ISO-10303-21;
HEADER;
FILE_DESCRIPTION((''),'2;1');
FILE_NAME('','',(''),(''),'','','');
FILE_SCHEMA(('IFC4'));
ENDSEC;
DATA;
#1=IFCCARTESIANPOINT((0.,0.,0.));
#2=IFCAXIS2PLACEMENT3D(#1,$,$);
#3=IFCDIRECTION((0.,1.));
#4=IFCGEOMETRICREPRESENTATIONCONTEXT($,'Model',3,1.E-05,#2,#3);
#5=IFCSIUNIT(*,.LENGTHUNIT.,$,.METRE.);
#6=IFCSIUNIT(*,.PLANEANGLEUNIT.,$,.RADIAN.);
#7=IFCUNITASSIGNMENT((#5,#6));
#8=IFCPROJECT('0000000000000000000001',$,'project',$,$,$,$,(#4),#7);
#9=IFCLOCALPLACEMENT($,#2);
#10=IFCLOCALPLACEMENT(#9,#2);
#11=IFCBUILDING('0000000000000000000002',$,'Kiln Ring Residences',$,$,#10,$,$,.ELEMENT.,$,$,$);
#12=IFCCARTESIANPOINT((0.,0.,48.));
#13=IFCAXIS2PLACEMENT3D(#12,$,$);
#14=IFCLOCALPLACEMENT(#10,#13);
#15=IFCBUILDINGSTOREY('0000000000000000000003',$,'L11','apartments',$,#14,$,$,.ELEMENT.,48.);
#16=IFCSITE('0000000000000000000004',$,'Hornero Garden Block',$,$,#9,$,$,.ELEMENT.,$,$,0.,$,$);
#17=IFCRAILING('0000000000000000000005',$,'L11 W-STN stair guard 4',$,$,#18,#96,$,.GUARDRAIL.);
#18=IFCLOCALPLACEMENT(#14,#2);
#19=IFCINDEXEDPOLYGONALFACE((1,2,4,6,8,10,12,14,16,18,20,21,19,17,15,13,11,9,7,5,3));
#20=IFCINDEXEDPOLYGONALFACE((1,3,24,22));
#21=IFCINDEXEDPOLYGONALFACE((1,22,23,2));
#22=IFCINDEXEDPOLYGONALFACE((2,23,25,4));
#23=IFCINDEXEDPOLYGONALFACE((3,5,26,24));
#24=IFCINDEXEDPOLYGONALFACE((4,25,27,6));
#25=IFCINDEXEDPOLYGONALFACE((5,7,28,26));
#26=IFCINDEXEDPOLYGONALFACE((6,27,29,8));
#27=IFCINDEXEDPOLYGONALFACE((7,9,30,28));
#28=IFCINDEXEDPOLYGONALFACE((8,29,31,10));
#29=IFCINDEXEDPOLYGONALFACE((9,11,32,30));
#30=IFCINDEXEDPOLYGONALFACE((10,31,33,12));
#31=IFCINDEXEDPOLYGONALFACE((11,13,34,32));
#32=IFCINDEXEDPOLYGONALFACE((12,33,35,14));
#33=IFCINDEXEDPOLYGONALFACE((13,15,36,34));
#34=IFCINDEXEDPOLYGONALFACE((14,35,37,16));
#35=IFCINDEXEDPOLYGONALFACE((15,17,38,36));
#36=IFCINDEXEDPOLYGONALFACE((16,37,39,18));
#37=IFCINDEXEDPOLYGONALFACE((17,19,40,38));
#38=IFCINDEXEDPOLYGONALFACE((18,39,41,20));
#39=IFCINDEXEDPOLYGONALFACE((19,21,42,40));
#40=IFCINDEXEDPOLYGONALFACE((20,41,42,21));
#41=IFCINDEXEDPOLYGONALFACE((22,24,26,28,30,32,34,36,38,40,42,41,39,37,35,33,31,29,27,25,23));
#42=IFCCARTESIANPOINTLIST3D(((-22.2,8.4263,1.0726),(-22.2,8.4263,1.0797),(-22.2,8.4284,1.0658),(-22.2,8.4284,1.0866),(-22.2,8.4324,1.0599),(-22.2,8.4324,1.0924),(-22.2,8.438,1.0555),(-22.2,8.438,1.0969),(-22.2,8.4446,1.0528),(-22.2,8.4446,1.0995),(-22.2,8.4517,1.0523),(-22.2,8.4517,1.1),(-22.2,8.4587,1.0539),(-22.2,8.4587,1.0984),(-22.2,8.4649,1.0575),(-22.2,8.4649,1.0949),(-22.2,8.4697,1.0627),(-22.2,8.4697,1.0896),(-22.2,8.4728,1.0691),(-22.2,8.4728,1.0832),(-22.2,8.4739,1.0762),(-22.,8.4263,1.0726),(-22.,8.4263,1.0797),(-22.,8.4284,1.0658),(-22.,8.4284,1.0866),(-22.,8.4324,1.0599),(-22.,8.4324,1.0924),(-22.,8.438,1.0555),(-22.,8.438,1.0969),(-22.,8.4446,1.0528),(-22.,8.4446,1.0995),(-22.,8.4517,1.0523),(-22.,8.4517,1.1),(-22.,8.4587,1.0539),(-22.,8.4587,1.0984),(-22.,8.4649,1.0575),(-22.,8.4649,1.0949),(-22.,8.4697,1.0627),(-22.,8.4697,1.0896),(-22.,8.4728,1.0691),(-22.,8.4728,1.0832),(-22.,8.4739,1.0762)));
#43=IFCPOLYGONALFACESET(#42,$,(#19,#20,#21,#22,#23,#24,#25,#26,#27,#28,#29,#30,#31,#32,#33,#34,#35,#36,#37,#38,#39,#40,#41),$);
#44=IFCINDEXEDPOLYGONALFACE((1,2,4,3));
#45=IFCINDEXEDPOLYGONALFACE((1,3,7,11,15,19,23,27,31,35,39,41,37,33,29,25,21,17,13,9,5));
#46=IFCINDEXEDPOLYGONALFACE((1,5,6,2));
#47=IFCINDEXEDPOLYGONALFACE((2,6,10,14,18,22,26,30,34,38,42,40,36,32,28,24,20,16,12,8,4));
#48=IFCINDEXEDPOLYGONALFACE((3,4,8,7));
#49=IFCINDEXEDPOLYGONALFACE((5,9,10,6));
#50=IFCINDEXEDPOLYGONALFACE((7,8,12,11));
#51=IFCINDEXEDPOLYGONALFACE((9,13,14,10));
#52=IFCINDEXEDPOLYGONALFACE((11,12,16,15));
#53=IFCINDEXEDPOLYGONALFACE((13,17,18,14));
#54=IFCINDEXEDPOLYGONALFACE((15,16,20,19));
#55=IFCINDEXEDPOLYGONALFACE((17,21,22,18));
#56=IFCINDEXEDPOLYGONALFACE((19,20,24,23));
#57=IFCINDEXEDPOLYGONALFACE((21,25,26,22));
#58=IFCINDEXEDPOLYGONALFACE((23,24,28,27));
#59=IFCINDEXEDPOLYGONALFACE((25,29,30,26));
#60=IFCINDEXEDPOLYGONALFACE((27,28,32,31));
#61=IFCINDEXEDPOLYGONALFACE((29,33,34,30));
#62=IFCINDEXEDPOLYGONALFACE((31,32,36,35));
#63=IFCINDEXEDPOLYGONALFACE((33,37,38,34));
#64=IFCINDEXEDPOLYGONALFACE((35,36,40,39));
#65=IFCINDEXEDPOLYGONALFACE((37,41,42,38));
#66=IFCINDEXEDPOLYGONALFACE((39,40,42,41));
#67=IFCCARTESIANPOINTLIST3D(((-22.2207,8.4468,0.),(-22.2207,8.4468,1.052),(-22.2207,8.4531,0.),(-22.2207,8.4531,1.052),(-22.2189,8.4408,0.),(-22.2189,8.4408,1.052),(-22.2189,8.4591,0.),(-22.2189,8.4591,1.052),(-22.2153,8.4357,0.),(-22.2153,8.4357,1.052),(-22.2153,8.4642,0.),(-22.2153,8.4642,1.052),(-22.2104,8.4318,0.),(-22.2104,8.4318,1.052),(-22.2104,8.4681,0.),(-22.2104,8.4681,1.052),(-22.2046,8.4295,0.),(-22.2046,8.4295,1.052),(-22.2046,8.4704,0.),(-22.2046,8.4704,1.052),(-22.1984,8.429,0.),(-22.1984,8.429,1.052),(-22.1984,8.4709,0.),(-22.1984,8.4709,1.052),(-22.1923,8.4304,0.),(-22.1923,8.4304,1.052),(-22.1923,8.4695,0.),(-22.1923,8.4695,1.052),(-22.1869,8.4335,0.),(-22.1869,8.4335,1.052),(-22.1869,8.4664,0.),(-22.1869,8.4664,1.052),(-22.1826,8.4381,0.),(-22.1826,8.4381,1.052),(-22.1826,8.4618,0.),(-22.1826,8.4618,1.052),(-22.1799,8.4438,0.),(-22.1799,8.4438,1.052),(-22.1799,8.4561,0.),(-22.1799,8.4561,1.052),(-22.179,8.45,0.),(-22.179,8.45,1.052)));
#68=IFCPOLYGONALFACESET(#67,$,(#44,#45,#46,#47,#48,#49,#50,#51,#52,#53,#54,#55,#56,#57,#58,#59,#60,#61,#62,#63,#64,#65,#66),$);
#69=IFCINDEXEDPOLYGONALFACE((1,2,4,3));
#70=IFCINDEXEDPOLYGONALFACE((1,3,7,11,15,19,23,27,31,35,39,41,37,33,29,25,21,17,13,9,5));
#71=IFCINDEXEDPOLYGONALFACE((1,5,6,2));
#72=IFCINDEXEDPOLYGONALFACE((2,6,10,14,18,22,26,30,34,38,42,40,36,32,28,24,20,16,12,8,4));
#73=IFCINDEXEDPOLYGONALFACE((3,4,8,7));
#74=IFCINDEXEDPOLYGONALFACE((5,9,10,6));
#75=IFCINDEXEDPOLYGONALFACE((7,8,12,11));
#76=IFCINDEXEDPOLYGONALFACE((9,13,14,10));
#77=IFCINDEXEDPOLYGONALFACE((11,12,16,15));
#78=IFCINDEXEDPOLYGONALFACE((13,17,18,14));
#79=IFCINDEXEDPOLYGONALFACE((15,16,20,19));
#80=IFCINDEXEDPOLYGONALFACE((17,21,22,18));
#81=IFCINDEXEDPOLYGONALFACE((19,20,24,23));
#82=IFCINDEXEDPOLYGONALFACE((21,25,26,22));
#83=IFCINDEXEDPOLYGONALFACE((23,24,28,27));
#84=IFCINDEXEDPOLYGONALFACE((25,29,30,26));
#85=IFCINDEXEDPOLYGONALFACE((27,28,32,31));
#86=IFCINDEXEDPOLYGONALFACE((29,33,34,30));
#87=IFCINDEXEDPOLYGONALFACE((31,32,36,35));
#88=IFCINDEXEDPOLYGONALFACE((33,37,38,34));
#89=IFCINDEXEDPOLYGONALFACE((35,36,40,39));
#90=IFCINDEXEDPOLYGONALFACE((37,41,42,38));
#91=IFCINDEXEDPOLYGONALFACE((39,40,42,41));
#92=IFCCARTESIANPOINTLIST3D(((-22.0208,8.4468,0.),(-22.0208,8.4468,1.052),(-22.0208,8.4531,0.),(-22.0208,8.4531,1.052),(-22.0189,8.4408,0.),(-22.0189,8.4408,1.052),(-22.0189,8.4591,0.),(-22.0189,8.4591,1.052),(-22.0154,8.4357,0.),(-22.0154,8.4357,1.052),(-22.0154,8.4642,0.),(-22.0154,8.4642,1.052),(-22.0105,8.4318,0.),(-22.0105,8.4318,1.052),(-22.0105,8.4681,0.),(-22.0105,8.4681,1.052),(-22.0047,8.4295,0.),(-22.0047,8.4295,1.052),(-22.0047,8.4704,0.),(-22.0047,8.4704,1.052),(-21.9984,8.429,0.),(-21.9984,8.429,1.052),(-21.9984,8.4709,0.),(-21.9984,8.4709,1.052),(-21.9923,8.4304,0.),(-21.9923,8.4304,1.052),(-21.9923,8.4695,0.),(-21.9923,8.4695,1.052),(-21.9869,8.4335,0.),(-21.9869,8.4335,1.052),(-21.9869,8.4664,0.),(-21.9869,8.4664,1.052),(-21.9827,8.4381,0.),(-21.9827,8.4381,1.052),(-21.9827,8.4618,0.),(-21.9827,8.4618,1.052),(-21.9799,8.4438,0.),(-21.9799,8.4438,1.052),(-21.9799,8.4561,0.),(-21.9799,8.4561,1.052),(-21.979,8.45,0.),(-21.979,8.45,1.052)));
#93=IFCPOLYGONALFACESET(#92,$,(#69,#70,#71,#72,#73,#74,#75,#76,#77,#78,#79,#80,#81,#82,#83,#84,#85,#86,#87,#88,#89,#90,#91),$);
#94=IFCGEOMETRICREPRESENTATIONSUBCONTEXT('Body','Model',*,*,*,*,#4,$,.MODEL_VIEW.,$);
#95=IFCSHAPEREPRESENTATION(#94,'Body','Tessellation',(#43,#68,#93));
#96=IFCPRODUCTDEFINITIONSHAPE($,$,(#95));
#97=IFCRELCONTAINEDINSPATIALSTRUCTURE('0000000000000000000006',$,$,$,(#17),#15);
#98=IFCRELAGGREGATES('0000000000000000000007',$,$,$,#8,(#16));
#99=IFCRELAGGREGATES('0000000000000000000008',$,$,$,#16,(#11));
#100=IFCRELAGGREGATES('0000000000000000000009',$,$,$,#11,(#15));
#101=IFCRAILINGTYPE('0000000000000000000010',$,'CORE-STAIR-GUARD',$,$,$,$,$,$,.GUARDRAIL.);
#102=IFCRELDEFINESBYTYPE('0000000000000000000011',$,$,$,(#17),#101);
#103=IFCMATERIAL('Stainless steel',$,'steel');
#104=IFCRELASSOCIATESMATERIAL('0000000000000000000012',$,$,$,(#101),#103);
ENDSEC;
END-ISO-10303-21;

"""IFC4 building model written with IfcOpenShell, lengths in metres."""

from ifc_helpers import new_model, si_unit, direction, frame, origin, origin_2d, place, context, subcontext, project, spatial, circle, extrude, material, type_object, element, save


model = new_model("IFC4")

# Units and contexts
model_context = context("Model", 3, precision=1e-05, world=origin(), true_north=direction((0.0, 1.0)))
body_context = subcontext(model_context, "Body", "Model", "MODEL_VIEW")
ifc_project = project(units=[si_unit("LENGTHUNIT", "METRE"), si_unit("PLANEANGLEUNIT", "RADIAN")], contexts=[model_context])

# Site, building, storey
site_placement = place(None, origin())
site = spatial("IfcSite", under=ifc_project, at=site_placement, Name="Hornero Garden Block", CompositionType="ELEMENT", RefElevation=0.0)
building_placement = place(site_placement, origin())
building = spatial("IfcBuilding", under=site, at=building_placement, Name="Kiln Ring Residences", CompositionType="ELEMENT")
storey_placement = place(building_placement, frame((0.0, 0.0, 48.0)))
storey = spatial("IfcBuildingStorey", under=building, at=storey_placement, Name="L11", Description="apartments", CompositionType="ELEMENT", Elevation=48.0)

# Railing
ifc_material_1 = material(Name="Stainless steel", Category="steel")
railing_type_1 = type_object("IfcRailingType", Name="CORE-STAIR-GUARD", PredefinedType="GUARDRAIL", material=ifc_material_1)
railing_1_placement = place(storey_placement, frame((-22.2, 8.45, 0.0)))
element("IfcRailing", 1, at=railing_1_placement, inside=storey, type_object=railing_type_1, Name="L11 W-STN stair guard 4", PredefinedType="GUARDRAIL", context=body_context, shape_type="SweptSolid", body=[
    extrude(circle(Radius=0.0239, at=origin_2d()), frame((0.0, 0.0, 1.0762), z_axis=(1.0, 0.0, 0.0), x_axis=(0.0, 1.0, 0.0)), (0.0, 0.0, 1.0), 0.2),
    extrude(circle(Radius=0.021, at=origin_2d()), origin(), (0.0, 0.0, 1.0), 1.052),
    extrude(circle(Radius=0.021, at=origin_2d()), frame((0.2, 0.0, 0.0)), (0.0, 0.0, 1.0), 1.052),
])

save(model, "model.ifc")
